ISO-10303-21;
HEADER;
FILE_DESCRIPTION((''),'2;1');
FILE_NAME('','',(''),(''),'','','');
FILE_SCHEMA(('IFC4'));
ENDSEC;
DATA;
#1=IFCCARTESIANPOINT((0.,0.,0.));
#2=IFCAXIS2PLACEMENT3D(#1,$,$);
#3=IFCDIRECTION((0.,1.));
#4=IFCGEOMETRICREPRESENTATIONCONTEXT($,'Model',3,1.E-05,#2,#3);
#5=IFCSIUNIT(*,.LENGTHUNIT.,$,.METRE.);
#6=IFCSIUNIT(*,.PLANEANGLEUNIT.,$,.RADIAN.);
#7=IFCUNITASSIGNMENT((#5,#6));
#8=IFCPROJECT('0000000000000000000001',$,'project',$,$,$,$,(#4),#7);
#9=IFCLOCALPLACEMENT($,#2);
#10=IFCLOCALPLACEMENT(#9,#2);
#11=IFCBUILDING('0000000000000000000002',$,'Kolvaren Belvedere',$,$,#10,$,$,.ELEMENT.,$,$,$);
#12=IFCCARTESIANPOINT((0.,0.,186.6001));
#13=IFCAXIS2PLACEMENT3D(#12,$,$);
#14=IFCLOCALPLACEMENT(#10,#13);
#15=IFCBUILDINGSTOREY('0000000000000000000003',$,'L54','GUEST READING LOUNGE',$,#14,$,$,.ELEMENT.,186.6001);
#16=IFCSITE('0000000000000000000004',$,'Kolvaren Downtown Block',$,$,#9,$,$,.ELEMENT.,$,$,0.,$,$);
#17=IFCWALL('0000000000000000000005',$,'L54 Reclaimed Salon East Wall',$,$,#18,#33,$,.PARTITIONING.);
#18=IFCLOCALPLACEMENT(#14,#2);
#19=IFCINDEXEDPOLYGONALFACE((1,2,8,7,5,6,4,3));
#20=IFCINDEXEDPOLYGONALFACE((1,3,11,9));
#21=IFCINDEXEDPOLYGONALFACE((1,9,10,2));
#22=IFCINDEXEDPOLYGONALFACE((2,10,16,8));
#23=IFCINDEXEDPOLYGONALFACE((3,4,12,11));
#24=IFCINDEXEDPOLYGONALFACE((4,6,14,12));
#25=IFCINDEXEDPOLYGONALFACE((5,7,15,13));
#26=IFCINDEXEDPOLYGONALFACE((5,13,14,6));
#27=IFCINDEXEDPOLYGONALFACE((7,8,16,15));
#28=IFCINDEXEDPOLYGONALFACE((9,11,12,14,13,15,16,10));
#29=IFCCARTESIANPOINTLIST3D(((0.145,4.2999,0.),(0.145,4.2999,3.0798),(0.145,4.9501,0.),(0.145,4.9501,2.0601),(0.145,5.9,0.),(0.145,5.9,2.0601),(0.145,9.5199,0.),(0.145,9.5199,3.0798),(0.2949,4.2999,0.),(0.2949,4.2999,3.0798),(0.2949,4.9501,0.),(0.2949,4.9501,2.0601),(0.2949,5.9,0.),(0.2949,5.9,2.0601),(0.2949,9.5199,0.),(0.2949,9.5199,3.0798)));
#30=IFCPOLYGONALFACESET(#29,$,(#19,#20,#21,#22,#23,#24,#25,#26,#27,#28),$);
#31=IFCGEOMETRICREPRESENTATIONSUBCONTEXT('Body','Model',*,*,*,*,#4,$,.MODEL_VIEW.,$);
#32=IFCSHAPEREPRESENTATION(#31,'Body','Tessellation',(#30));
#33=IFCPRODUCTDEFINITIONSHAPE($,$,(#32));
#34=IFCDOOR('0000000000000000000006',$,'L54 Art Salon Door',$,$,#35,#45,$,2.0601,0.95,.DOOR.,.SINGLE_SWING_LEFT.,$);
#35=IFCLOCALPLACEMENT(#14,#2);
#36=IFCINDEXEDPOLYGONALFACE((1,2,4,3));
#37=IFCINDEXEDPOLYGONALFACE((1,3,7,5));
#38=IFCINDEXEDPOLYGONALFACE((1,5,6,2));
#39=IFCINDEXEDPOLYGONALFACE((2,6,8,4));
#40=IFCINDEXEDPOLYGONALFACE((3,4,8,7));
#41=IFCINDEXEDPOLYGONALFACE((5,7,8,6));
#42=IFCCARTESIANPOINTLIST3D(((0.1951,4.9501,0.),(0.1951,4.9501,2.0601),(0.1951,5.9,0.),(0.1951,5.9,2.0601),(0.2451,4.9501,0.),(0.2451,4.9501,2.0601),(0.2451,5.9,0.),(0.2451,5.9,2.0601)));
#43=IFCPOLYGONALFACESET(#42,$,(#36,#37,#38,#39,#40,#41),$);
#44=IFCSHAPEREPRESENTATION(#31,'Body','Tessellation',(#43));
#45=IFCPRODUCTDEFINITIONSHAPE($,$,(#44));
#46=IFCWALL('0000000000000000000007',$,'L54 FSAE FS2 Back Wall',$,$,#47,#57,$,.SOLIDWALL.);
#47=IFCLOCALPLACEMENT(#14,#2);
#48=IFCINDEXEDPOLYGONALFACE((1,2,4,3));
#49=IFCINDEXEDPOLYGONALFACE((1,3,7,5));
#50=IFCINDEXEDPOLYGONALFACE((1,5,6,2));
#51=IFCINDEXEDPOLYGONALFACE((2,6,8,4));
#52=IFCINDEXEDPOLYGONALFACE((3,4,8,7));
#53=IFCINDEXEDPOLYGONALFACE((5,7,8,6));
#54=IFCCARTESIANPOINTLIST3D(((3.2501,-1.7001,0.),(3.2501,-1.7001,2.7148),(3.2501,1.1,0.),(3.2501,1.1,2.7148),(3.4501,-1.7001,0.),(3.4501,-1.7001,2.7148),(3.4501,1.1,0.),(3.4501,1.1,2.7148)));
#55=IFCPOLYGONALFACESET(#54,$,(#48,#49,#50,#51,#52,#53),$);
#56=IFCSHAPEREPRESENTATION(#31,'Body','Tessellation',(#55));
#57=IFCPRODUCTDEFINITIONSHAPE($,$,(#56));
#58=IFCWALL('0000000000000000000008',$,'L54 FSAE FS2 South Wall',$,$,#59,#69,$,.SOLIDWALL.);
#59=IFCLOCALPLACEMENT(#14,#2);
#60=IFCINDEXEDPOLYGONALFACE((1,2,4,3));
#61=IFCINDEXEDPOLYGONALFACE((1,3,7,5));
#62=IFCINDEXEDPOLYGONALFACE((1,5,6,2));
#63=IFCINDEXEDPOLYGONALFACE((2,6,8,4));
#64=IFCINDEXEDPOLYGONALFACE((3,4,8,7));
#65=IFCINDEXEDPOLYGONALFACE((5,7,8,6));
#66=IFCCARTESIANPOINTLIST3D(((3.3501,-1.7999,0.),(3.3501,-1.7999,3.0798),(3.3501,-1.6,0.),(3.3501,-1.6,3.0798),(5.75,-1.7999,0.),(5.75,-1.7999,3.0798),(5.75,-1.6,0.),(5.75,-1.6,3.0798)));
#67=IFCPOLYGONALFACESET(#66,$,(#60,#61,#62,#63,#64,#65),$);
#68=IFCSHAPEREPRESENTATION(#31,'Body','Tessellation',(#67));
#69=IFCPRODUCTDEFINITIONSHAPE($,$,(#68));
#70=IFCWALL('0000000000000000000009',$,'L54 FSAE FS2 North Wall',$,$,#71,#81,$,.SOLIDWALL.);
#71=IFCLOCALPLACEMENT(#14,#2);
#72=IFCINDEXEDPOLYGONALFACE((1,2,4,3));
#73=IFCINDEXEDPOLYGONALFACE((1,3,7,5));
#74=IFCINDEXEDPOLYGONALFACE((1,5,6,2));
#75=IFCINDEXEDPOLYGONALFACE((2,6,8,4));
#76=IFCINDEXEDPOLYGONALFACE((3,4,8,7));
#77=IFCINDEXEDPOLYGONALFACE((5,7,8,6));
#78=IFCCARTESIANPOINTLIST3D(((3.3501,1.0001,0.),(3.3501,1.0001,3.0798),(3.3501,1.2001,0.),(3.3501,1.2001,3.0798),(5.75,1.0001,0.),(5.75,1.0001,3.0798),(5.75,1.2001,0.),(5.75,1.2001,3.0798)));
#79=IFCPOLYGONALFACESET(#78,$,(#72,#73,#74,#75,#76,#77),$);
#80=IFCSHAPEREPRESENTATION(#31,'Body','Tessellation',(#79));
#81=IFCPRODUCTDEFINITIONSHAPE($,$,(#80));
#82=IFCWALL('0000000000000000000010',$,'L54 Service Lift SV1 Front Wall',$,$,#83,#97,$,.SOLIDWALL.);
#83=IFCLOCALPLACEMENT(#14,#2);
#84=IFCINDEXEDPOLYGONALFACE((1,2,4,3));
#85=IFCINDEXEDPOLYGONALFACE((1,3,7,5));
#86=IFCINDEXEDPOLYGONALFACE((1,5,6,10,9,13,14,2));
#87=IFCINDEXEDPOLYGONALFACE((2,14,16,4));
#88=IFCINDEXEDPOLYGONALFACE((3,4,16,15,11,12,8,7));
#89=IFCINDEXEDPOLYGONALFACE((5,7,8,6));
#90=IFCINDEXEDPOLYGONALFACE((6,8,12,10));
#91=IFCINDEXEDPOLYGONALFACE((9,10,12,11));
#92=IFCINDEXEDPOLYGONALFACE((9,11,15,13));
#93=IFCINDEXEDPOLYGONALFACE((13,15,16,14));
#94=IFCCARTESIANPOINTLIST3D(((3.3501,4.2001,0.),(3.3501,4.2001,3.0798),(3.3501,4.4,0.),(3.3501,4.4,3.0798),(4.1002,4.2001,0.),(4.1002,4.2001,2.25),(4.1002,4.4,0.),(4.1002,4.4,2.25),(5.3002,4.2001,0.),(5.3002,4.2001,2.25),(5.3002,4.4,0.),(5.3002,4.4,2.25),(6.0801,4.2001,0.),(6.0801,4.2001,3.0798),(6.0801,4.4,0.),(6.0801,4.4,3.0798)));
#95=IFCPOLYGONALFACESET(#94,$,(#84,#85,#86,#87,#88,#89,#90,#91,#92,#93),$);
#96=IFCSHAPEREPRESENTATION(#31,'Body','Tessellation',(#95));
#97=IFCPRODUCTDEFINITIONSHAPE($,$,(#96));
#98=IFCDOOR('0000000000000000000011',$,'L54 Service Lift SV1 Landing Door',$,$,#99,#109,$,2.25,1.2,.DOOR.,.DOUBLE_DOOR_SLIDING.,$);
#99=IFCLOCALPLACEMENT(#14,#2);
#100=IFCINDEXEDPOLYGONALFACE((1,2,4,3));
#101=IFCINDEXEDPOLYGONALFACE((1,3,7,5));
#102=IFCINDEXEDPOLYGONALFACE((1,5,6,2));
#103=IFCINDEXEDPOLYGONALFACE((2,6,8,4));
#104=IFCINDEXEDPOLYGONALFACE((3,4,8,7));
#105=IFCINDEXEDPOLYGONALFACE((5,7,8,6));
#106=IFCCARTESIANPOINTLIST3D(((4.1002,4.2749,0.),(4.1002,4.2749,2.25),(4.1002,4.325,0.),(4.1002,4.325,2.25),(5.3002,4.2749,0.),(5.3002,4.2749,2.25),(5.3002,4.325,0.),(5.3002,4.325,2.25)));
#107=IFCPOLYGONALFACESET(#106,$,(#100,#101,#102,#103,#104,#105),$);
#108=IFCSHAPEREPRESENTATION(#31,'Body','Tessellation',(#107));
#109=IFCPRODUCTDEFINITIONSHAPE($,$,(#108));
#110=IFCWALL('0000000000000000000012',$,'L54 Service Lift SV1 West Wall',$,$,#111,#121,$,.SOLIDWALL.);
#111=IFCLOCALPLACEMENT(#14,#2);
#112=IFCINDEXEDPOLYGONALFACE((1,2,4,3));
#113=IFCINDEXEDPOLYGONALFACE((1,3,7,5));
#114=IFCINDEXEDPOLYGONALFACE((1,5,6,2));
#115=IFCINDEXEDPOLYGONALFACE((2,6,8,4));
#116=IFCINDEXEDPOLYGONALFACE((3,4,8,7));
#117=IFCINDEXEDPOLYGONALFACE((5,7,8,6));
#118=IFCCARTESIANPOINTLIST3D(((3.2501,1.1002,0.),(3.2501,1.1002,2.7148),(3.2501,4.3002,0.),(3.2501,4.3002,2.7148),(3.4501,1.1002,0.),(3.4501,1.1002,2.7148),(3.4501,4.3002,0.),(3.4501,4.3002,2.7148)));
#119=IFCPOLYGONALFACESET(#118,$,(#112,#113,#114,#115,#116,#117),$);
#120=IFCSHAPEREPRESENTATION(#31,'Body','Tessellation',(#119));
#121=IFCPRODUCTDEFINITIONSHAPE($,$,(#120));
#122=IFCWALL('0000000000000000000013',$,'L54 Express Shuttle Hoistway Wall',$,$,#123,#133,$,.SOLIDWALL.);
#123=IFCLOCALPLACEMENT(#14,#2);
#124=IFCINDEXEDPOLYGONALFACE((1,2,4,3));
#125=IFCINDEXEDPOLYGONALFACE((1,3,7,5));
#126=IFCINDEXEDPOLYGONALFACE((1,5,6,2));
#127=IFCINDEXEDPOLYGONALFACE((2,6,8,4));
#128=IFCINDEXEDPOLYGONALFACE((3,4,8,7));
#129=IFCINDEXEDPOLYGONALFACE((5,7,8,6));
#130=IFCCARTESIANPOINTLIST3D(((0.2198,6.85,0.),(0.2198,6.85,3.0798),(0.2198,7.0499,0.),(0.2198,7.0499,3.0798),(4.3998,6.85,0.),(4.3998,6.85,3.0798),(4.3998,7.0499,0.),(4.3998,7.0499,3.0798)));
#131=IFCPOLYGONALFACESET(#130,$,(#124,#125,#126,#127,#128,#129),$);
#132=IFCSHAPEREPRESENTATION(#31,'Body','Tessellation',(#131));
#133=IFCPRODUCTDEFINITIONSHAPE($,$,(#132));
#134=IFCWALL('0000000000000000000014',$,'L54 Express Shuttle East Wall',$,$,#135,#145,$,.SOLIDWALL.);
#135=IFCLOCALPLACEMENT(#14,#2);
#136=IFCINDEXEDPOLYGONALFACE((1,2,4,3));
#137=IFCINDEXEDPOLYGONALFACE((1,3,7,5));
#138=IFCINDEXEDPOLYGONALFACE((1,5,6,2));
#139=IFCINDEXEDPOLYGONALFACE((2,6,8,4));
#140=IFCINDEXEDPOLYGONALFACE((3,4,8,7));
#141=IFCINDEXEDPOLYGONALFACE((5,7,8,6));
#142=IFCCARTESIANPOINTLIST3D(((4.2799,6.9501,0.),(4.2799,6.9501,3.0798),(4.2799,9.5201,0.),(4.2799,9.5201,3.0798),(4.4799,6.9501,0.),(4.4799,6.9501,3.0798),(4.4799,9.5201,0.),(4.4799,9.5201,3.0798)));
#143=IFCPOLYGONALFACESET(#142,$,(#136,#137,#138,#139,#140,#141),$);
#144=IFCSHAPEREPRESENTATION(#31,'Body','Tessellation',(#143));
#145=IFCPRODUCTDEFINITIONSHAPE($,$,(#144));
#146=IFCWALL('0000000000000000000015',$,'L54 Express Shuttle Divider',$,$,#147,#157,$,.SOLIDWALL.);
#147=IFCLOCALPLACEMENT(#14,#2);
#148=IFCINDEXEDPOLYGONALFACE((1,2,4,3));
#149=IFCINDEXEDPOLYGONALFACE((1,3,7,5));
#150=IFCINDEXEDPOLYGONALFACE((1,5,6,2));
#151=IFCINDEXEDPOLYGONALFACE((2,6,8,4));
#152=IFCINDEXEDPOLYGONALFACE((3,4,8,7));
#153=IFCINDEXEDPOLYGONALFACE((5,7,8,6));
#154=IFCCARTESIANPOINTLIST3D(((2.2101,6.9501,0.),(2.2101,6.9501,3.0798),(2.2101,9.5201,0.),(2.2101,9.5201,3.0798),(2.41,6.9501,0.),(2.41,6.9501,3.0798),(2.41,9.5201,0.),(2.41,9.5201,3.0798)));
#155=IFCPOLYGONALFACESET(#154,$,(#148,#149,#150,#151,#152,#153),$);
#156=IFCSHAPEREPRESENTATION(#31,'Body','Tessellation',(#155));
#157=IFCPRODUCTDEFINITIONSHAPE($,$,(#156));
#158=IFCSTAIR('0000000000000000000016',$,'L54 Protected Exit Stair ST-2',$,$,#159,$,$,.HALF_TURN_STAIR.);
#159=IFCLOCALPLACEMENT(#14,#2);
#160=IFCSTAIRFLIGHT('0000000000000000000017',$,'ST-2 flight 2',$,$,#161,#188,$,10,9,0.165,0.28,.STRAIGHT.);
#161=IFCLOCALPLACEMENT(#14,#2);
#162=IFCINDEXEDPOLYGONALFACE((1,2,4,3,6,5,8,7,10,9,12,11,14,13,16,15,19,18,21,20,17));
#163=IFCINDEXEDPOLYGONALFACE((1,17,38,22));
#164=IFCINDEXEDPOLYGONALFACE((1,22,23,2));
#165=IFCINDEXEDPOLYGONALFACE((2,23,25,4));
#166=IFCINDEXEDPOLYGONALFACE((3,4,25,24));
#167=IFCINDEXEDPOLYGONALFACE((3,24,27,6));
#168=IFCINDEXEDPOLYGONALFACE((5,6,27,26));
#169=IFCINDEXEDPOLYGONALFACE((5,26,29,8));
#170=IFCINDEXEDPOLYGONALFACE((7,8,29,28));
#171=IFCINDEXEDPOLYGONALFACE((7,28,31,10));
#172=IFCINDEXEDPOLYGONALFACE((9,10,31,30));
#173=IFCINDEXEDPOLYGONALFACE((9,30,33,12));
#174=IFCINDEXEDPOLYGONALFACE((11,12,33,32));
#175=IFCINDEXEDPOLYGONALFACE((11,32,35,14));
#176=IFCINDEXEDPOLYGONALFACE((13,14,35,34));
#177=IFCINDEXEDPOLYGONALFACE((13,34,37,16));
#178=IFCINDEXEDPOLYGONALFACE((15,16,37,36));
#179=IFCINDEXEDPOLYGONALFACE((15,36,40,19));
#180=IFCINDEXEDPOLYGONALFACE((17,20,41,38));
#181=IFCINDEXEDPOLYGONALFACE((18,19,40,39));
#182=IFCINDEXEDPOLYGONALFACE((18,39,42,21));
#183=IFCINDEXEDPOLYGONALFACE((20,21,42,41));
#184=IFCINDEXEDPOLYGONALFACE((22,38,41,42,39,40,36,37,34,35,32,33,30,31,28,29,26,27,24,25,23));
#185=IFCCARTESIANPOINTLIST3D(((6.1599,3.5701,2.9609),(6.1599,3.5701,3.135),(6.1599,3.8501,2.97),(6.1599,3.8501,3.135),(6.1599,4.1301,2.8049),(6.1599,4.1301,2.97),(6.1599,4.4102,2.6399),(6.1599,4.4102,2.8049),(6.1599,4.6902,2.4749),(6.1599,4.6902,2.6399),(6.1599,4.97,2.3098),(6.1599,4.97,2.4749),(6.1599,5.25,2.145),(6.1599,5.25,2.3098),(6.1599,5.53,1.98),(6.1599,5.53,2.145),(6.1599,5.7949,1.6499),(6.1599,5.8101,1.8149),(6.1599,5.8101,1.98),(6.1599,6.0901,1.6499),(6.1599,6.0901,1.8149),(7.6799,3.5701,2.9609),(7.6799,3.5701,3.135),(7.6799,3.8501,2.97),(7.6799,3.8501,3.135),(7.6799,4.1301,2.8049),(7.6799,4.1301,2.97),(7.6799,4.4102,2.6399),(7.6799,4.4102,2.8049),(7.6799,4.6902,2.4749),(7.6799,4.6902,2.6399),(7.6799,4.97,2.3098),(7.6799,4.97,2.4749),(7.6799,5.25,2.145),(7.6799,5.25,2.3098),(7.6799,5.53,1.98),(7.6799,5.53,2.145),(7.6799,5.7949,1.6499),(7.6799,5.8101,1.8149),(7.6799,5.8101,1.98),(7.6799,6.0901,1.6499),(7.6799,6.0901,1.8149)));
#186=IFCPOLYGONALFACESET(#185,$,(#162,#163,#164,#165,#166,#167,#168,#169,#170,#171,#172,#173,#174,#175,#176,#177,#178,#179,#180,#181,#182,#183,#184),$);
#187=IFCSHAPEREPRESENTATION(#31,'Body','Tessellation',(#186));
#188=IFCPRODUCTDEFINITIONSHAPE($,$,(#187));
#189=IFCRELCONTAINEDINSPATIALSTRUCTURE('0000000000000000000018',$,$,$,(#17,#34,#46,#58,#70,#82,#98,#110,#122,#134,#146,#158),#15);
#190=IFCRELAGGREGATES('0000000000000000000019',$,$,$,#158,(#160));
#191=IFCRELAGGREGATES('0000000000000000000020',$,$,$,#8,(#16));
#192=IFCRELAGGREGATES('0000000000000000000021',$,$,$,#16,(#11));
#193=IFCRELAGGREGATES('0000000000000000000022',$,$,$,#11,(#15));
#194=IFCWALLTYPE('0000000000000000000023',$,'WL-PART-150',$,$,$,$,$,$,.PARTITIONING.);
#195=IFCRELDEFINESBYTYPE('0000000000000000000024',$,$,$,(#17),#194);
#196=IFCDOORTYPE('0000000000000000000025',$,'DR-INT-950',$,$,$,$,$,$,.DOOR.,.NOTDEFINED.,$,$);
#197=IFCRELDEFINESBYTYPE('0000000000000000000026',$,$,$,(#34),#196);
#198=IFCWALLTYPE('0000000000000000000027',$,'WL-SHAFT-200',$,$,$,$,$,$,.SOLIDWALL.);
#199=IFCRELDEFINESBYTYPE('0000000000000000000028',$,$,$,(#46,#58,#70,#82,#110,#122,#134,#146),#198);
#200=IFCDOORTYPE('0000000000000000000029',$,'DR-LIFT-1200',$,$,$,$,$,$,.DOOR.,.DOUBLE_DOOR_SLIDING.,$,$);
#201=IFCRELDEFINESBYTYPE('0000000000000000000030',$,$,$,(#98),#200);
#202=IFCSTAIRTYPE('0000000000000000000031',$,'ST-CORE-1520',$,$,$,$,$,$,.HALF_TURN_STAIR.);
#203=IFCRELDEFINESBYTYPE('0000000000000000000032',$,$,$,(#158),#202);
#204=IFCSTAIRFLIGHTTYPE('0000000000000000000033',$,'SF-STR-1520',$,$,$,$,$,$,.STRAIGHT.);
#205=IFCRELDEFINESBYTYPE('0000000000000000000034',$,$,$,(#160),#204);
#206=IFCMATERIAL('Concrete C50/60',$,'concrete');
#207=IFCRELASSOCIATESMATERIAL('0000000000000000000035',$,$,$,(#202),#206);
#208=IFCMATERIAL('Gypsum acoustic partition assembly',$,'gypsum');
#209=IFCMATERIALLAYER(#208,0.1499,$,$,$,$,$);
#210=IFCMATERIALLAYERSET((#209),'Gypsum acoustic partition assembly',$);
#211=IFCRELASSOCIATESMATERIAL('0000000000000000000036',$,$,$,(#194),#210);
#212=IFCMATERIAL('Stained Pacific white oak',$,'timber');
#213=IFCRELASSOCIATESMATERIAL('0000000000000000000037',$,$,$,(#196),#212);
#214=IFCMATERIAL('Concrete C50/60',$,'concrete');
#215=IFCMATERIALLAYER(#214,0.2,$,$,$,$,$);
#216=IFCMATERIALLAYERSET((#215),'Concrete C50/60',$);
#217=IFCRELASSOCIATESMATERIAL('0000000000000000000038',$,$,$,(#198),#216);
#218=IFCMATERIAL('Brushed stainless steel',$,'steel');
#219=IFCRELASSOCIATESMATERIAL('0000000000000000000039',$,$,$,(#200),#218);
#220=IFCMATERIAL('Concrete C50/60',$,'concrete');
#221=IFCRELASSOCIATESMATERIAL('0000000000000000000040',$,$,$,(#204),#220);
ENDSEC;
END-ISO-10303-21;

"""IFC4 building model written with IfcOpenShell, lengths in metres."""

from ifc_helpers import new_model, si_unit, direction, frame, frame_2d, origin, place, context, subcontext, project, spatial, polyline, rectangle, outline, extrude, material, layer, layer_set, type_object, element, fill, aggregate, save


model = new_model("IFC4")

# Units and contexts
model_context = context("Model", 3, precision=1e-05, world=origin(), true_north=direction((0.0, 1.0)))
body_context = subcontext(model_context, "Body", "Model", "MODEL_VIEW")
ifc_project = project(units=[si_unit("LENGTHUNIT", "METRE"), si_unit("PLANEANGLEUNIT", "RADIAN")], contexts=[model_context])

# Site, building, storey
site_placement = place(None, origin())
site = spatial("IfcSite", under=ifc_project, at=site_placement, Name="Kolvaren Downtown Block", CompositionType="ELEMENT", RefElevation=0.0)
building_placement = place(site_placement, origin())
building = spatial("IfcBuilding", under=site, at=building_placement, Name="Kolvaren Belvedere", CompositionType="ELEMENT")
storey_placement = place(building_placement, frame((0.0, 0.0, 186.6001)))
storey = spatial("IfcBuildingStorey", under=building, at=storey_placement, Name="L54", Description="GUEST READING LOUNGE", CompositionType="ELEMENT", Elevation=186.6001)

# Shared definitions
ifc_material_1 = material(Name="Concrete C50/60", Category="concrete")
stair_type = type_object("IfcStairType", Name="ST-CORE-1520", PredefinedType="HALF_TURN_STAIR", material=ifc_material_1)

# Wall, opening, door
ifc_material_2 = material(Name="Gypsum acoustic partition assembly", Category="gypsum")
ifc_layer_1 = layer(ifc_material_2, 0.1499)
ifc_layer_set_1 = layer_set([ifc_layer_1], Name="Gypsum acoustic partition assembly")
wall_type_1 = type_object("IfcWallType", Name="WL-PART-150", PredefinedType="PARTITIONING", material=ifc_layer_set_1)
wall_1_placement = place(storey_placement, frame((0.22, 4.3, 0.0), z_axis=(0.0, 0.0, 1.0), x_axis=(0.0, 1.0, 0.0)))
wall_1 = element("IfcWall", 1, at=wall_1_placement, inside=storey, type_object=wall_type_1, Name="L54 Reclaimed Salon East Wall", PredefinedType="PARTITIONING", context=body_context, shape_type="SweptSolid", body=[
    extrude(rectangle(XDim=5.22, YDim=0.1499, at=frame_2d((2.6099, 0.0))), origin(), (0.0, 0.0, 1.0), 3.0798),
])
opening_1_placement = place(wall_1_placement, frame((0.6499, 0.0, 0.0)))
opening_1 = element("IfcOpeningElement", 2, at=opening_1_placement, cuts=wall_1, PredefinedType="OPENING", context=body_context, shape_type="SweptSolid", body=[
    extrude(rectangle(XDim=0.95, YDim=2.0601, at=frame_2d((0.4751, 1.03))), frame((0.0, 0.085, 0.0), z_axis=(0.0, -1.0, 0.0), x_axis=(1.0, 0.0, 0.0)), (0.0, 0.0, 1.0), 0.1699),
])
ifc_material_3 = material(Name="Stained Pacific white oak", Category="timber")
door_type_1 = type_object("IfcDoorType", Name="DR-INT-950", OperationType="NOTDEFINED", PredefinedType="DOOR", material=ifc_material_3)
door_1_placement = place(opening_1_placement, origin())
door_1 = element("IfcDoor", 3, at=door_1_placement, inside=storey, type_object=door_type_1, Name="L54 Art Salon Door", OperationType="SINGLE_SWING_LEFT", OverallHeight=2.0601, OverallWidth=0.95, PredefinedType="DOOR", context=body_context, shape_type="SweptSolid", body=[
    extrude(rectangle(XDim=0.95, YDim=2.0601, at=frame_2d((0.4751, 1.03))), frame((0.0, 0.0249, 0.0), z_axis=(0.0, -1.0, 0.0), x_axis=(1.0, 0.0, 0.0)), (0.0, 0.0, 1.0), 0.05),
])
fill(opening_1, door_1)

# Walls
ifc_material_4 = material(Name="Concrete C50/60", Category="concrete")
ifc_layer_2 = layer(ifc_material_4, 0.2)
ifc_layer_set_2 = layer_set([ifc_layer_2], Name="Concrete C50/60")
wall_type_2 = type_object("IfcWallType", Name="WL-SHAFT-200", PredefinedType="SOLIDWALL", material=ifc_layer_set_2)
wall_2_placement = place(storey_placement, frame((3.3501, -1.7, 0.0), z_axis=(0.0, 0.0, 1.0), x_axis=(0.0, 1.0, 0.0)))
element("IfcWall", 4, at=wall_2_placement, inside=storey, type_object=wall_type_2, Name="L54 FSAE FS2 Back Wall", PredefinedType="SOLIDWALL", context=body_context, shape_type="SweptSolid", body=[
    extrude(rectangle(XDim=2.8, YDim=0.2, at=frame_2d((1.3999, 0.0))), origin(), (0.0, 0.0, 1.0), 2.7148),
])
for number, where, z_axis, x_axis, name in (
    (5, (3.3501, -1.7, 0.0), (0.0, 0.0, 1.0), (1.0, 0.0, 0.0), "L54 FSAE FS2 South Wall"),
    (6, (3.3501, 1.1001, 0.0), (0.0, 0.0, 1.0), (1.0, 0.0, 0.0), "L54 FSAE FS2 North Wall"),
):
    element("IfcWall", number, at=place(storey_placement, frame(where, z_axis=z_axis, x_axis=x_axis)), inside=storey, type_object=wall_type_2, Name=name, PredefinedType="SOLIDWALL", context=body_context, shape_type="SweptSolid", body=[
        extrude(rectangle(XDim=2.3999, YDim=0.2, at=frame_2d((1.2, 0.0))), origin(), (0.0, 0.0, 1.0), 3.0798),
    ])

# Wall, opening, door
wall_3_placement = place(storey_placement, frame((3.3501, 4.3, 0.0), z_axis=(0.0, 0.0, 1.0), x_axis=(1.0, 0.0, 0.0)))
wall_3 = element("IfcWall", 7, at=wall_3_placement, inside=storey, type_object=wall_type_2, Name="L54 Service Lift SV1 Front Wall", PredefinedType="SOLIDWALL", context=body_context, shape_type="SweptSolid", body=[
    extrude(rectangle(XDim=2.73, YDim=0.2, at=frame_2d((1.365, 0.0))), origin(), (0.0, 0.0, 1.0), 3.0798),
])
opening_2_placement = place(wall_3_placement, frame((0.75, 0.0, 0.0)))
opening_2 = element("IfcOpeningElement", 8, at=opening_2_placement, cuts=wall_3, PredefinedType="OPENING", context=body_context, shape_type="SweptSolid", body=[
    extrude(rectangle(XDim=1.2, YDim=2.25, at=frame_2d((0.6001, 1.125))), frame((0.0, 0.1099, 0.0), z_axis=(0.0, -1.0, 0.0), x_axis=(1.0, 0.0, 0.0)), (0.0, 0.0, 1.0), 0.22),
])
ifc_material_5 = material(Name="Brushed stainless steel", Category="steel")
door_type_2 = type_object("IfcDoorType", Name="DR-LIFT-1200", OperationType="DOUBLE_DOOR_SLIDING", PredefinedType="DOOR", material=ifc_material_5)
door_2_placement = place(opening_2_placement, origin())
door_2 = element("IfcDoor", 9, at=door_2_placement, inside=storey, type_object=door_type_2, Name="L54 Service Lift SV1 Landing Door", OperationType="DOUBLE_DOOR_SLIDING", OverallHeight=2.25, OverallWidth=1.2, PredefinedType="DOOR", context=body_context, shape_type="SweptSolid", body=[
    extrude(rectangle(XDim=1.2, YDim=2.25, at=frame_2d((0.6001, 1.125))), frame((0.0, 0.0249, 0.0), z_axis=(0.0, -1.0, 0.0), x_axis=(1.0, 0.0, 0.0)), (0.0, 0.0, 1.0), 0.05),
])
fill(opening_2, door_2)

# Walls
wall_4_placement = place(storey_placement, frame((3.3501, 1.1001, 0.0), z_axis=(0.0, 0.0, 1.0), x_axis=(0.0, 1.0, 0.0)))
element("IfcWall", 10, at=wall_4_placement, inside=storey, type_object=wall_type_2, Name="L54 Service Lift SV1 West Wall", PredefinedType="SOLIDWALL", context=body_context, shape_type="SweptSolid", body=[
    extrude(rectangle(XDim=3.2, YDim=0.2, at=frame_2d((1.6001, 0.0))), origin(), (0.0, 0.0, 1.0), 2.7148),
])
wall_5_placement = place(storey_placement, frame((0.22, 6.95, 0.0), z_axis=(0.0, 0.0, 1.0), x_axis=(1.0, 0.0, 0.0)))
element("IfcWall", 11, at=wall_5_placement, inside=storey, type_object=wall_type_2, Name="L54 Express Shuttle Hoistway Wall", PredefinedType="SOLIDWALL", context=body_context, shape_type="SweptSolid", body=[
    extrude(rectangle(XDim=4.1799, YDim=0.2, at=frame_2d((2.0898, 0.0))), origin(), (0.0, 0.0, 1.0), 3.0798),
])
for number, where, z_axis, x_axis, name in (
    (12, (4.3799, 6.95, 0.0), (0.0, 0.0, 1.0), (0.0, 1.0, 0.0), "L54 Express Shuttle East Wall"),
    (13, (2.3101, 6.95, 0.0), (0.0, 0.0, 1.0), (0.0, 1.0, 0.0), "L54 Express Shuttle Divider"),
):
    element("IfcWall", number, at=place(storey_placement, frame(where, z_axis=z_axis, x_axis=x_axis)), inside=storey, type_object=wall_type_2, Name=name, PredefinedType="SOLIDWALL", context=body_context, shape_type="SweptSolid", body=[
        extrude(rectangle(XDim=2.5701, YDim=0.2, at=frame_2d((1.2852, 0.0))), origin(), (0.0, 0.0, 1.0), 3.0798),
    ])

# Stair, stair flight
stair_1_placement = place(storey_placement, origin())
stair_1 = element("IfcStair", 14, at=stair_1_placement, inside=storey, type_object=stair_type, Name="L54 Protected Exit Stair ST-2", PredefinedType="HALF_TURN_STAIR")
ifc_material_6 = material(Name="Concrete C50/60", Category="concrete")
stair_flight_type = type_object("IfcStairFlightType", Name="SF-STR-1520", PredefinedType="STRAIGHT", material=ifc_material_6)
stair_flight_placement = place(storey_placement, frame((6.9199, 6.0901, 1.6499), z_axis=(0.0, 0.0, 1.0), x_axis=(0.0, -1.0, 0.0)))
stair_flight = element("IfcStairFlight", 15, at=stair_flight_placement, type_object=stair_flight_type, Name="ST-2 flight 2", NumberOfRisers=10, NumberOfTreads=9, PredefinedType="STRAIGHT", RiserHeight=0.165, TreadLength=0.28, context=body_context, shape_type="SweptSolid", body=[
    extrude(outline(polyline([(0.0, 0.0), (0.0, 0.165), (0.28, 0.165), (0.28, 0.3301), (0.5601, 0.3301), (0.5601, 0.4951), (0.8401, 0.4951), (0.8401, 0.6599), (1.1201, 0.6599), (1.1201, 0.825), (1.3999, 0.825), (1.3999, 0.99), (1.6799, 0.99), (1.6799, 1.155), (1.96, 1.155), (1.96, 1.3201), (2.24, 1.3201), (2.24, 1.4851), (2.52, 1.4851), (2.52, 1.6499), (2.52, 1.311), (0.2952, 0.0), (0.0, 0.0)])), frame((0.0, 0.76, 0.0), z_axis=(0.0, -1.0, 0.0), x_axis=(1.0, 0.0, 0.0)), (0.0, 0.0, 1.0), 1.52),
])
aggregate(stair_1, [stair_flight])

save(model, "model.ifc")
